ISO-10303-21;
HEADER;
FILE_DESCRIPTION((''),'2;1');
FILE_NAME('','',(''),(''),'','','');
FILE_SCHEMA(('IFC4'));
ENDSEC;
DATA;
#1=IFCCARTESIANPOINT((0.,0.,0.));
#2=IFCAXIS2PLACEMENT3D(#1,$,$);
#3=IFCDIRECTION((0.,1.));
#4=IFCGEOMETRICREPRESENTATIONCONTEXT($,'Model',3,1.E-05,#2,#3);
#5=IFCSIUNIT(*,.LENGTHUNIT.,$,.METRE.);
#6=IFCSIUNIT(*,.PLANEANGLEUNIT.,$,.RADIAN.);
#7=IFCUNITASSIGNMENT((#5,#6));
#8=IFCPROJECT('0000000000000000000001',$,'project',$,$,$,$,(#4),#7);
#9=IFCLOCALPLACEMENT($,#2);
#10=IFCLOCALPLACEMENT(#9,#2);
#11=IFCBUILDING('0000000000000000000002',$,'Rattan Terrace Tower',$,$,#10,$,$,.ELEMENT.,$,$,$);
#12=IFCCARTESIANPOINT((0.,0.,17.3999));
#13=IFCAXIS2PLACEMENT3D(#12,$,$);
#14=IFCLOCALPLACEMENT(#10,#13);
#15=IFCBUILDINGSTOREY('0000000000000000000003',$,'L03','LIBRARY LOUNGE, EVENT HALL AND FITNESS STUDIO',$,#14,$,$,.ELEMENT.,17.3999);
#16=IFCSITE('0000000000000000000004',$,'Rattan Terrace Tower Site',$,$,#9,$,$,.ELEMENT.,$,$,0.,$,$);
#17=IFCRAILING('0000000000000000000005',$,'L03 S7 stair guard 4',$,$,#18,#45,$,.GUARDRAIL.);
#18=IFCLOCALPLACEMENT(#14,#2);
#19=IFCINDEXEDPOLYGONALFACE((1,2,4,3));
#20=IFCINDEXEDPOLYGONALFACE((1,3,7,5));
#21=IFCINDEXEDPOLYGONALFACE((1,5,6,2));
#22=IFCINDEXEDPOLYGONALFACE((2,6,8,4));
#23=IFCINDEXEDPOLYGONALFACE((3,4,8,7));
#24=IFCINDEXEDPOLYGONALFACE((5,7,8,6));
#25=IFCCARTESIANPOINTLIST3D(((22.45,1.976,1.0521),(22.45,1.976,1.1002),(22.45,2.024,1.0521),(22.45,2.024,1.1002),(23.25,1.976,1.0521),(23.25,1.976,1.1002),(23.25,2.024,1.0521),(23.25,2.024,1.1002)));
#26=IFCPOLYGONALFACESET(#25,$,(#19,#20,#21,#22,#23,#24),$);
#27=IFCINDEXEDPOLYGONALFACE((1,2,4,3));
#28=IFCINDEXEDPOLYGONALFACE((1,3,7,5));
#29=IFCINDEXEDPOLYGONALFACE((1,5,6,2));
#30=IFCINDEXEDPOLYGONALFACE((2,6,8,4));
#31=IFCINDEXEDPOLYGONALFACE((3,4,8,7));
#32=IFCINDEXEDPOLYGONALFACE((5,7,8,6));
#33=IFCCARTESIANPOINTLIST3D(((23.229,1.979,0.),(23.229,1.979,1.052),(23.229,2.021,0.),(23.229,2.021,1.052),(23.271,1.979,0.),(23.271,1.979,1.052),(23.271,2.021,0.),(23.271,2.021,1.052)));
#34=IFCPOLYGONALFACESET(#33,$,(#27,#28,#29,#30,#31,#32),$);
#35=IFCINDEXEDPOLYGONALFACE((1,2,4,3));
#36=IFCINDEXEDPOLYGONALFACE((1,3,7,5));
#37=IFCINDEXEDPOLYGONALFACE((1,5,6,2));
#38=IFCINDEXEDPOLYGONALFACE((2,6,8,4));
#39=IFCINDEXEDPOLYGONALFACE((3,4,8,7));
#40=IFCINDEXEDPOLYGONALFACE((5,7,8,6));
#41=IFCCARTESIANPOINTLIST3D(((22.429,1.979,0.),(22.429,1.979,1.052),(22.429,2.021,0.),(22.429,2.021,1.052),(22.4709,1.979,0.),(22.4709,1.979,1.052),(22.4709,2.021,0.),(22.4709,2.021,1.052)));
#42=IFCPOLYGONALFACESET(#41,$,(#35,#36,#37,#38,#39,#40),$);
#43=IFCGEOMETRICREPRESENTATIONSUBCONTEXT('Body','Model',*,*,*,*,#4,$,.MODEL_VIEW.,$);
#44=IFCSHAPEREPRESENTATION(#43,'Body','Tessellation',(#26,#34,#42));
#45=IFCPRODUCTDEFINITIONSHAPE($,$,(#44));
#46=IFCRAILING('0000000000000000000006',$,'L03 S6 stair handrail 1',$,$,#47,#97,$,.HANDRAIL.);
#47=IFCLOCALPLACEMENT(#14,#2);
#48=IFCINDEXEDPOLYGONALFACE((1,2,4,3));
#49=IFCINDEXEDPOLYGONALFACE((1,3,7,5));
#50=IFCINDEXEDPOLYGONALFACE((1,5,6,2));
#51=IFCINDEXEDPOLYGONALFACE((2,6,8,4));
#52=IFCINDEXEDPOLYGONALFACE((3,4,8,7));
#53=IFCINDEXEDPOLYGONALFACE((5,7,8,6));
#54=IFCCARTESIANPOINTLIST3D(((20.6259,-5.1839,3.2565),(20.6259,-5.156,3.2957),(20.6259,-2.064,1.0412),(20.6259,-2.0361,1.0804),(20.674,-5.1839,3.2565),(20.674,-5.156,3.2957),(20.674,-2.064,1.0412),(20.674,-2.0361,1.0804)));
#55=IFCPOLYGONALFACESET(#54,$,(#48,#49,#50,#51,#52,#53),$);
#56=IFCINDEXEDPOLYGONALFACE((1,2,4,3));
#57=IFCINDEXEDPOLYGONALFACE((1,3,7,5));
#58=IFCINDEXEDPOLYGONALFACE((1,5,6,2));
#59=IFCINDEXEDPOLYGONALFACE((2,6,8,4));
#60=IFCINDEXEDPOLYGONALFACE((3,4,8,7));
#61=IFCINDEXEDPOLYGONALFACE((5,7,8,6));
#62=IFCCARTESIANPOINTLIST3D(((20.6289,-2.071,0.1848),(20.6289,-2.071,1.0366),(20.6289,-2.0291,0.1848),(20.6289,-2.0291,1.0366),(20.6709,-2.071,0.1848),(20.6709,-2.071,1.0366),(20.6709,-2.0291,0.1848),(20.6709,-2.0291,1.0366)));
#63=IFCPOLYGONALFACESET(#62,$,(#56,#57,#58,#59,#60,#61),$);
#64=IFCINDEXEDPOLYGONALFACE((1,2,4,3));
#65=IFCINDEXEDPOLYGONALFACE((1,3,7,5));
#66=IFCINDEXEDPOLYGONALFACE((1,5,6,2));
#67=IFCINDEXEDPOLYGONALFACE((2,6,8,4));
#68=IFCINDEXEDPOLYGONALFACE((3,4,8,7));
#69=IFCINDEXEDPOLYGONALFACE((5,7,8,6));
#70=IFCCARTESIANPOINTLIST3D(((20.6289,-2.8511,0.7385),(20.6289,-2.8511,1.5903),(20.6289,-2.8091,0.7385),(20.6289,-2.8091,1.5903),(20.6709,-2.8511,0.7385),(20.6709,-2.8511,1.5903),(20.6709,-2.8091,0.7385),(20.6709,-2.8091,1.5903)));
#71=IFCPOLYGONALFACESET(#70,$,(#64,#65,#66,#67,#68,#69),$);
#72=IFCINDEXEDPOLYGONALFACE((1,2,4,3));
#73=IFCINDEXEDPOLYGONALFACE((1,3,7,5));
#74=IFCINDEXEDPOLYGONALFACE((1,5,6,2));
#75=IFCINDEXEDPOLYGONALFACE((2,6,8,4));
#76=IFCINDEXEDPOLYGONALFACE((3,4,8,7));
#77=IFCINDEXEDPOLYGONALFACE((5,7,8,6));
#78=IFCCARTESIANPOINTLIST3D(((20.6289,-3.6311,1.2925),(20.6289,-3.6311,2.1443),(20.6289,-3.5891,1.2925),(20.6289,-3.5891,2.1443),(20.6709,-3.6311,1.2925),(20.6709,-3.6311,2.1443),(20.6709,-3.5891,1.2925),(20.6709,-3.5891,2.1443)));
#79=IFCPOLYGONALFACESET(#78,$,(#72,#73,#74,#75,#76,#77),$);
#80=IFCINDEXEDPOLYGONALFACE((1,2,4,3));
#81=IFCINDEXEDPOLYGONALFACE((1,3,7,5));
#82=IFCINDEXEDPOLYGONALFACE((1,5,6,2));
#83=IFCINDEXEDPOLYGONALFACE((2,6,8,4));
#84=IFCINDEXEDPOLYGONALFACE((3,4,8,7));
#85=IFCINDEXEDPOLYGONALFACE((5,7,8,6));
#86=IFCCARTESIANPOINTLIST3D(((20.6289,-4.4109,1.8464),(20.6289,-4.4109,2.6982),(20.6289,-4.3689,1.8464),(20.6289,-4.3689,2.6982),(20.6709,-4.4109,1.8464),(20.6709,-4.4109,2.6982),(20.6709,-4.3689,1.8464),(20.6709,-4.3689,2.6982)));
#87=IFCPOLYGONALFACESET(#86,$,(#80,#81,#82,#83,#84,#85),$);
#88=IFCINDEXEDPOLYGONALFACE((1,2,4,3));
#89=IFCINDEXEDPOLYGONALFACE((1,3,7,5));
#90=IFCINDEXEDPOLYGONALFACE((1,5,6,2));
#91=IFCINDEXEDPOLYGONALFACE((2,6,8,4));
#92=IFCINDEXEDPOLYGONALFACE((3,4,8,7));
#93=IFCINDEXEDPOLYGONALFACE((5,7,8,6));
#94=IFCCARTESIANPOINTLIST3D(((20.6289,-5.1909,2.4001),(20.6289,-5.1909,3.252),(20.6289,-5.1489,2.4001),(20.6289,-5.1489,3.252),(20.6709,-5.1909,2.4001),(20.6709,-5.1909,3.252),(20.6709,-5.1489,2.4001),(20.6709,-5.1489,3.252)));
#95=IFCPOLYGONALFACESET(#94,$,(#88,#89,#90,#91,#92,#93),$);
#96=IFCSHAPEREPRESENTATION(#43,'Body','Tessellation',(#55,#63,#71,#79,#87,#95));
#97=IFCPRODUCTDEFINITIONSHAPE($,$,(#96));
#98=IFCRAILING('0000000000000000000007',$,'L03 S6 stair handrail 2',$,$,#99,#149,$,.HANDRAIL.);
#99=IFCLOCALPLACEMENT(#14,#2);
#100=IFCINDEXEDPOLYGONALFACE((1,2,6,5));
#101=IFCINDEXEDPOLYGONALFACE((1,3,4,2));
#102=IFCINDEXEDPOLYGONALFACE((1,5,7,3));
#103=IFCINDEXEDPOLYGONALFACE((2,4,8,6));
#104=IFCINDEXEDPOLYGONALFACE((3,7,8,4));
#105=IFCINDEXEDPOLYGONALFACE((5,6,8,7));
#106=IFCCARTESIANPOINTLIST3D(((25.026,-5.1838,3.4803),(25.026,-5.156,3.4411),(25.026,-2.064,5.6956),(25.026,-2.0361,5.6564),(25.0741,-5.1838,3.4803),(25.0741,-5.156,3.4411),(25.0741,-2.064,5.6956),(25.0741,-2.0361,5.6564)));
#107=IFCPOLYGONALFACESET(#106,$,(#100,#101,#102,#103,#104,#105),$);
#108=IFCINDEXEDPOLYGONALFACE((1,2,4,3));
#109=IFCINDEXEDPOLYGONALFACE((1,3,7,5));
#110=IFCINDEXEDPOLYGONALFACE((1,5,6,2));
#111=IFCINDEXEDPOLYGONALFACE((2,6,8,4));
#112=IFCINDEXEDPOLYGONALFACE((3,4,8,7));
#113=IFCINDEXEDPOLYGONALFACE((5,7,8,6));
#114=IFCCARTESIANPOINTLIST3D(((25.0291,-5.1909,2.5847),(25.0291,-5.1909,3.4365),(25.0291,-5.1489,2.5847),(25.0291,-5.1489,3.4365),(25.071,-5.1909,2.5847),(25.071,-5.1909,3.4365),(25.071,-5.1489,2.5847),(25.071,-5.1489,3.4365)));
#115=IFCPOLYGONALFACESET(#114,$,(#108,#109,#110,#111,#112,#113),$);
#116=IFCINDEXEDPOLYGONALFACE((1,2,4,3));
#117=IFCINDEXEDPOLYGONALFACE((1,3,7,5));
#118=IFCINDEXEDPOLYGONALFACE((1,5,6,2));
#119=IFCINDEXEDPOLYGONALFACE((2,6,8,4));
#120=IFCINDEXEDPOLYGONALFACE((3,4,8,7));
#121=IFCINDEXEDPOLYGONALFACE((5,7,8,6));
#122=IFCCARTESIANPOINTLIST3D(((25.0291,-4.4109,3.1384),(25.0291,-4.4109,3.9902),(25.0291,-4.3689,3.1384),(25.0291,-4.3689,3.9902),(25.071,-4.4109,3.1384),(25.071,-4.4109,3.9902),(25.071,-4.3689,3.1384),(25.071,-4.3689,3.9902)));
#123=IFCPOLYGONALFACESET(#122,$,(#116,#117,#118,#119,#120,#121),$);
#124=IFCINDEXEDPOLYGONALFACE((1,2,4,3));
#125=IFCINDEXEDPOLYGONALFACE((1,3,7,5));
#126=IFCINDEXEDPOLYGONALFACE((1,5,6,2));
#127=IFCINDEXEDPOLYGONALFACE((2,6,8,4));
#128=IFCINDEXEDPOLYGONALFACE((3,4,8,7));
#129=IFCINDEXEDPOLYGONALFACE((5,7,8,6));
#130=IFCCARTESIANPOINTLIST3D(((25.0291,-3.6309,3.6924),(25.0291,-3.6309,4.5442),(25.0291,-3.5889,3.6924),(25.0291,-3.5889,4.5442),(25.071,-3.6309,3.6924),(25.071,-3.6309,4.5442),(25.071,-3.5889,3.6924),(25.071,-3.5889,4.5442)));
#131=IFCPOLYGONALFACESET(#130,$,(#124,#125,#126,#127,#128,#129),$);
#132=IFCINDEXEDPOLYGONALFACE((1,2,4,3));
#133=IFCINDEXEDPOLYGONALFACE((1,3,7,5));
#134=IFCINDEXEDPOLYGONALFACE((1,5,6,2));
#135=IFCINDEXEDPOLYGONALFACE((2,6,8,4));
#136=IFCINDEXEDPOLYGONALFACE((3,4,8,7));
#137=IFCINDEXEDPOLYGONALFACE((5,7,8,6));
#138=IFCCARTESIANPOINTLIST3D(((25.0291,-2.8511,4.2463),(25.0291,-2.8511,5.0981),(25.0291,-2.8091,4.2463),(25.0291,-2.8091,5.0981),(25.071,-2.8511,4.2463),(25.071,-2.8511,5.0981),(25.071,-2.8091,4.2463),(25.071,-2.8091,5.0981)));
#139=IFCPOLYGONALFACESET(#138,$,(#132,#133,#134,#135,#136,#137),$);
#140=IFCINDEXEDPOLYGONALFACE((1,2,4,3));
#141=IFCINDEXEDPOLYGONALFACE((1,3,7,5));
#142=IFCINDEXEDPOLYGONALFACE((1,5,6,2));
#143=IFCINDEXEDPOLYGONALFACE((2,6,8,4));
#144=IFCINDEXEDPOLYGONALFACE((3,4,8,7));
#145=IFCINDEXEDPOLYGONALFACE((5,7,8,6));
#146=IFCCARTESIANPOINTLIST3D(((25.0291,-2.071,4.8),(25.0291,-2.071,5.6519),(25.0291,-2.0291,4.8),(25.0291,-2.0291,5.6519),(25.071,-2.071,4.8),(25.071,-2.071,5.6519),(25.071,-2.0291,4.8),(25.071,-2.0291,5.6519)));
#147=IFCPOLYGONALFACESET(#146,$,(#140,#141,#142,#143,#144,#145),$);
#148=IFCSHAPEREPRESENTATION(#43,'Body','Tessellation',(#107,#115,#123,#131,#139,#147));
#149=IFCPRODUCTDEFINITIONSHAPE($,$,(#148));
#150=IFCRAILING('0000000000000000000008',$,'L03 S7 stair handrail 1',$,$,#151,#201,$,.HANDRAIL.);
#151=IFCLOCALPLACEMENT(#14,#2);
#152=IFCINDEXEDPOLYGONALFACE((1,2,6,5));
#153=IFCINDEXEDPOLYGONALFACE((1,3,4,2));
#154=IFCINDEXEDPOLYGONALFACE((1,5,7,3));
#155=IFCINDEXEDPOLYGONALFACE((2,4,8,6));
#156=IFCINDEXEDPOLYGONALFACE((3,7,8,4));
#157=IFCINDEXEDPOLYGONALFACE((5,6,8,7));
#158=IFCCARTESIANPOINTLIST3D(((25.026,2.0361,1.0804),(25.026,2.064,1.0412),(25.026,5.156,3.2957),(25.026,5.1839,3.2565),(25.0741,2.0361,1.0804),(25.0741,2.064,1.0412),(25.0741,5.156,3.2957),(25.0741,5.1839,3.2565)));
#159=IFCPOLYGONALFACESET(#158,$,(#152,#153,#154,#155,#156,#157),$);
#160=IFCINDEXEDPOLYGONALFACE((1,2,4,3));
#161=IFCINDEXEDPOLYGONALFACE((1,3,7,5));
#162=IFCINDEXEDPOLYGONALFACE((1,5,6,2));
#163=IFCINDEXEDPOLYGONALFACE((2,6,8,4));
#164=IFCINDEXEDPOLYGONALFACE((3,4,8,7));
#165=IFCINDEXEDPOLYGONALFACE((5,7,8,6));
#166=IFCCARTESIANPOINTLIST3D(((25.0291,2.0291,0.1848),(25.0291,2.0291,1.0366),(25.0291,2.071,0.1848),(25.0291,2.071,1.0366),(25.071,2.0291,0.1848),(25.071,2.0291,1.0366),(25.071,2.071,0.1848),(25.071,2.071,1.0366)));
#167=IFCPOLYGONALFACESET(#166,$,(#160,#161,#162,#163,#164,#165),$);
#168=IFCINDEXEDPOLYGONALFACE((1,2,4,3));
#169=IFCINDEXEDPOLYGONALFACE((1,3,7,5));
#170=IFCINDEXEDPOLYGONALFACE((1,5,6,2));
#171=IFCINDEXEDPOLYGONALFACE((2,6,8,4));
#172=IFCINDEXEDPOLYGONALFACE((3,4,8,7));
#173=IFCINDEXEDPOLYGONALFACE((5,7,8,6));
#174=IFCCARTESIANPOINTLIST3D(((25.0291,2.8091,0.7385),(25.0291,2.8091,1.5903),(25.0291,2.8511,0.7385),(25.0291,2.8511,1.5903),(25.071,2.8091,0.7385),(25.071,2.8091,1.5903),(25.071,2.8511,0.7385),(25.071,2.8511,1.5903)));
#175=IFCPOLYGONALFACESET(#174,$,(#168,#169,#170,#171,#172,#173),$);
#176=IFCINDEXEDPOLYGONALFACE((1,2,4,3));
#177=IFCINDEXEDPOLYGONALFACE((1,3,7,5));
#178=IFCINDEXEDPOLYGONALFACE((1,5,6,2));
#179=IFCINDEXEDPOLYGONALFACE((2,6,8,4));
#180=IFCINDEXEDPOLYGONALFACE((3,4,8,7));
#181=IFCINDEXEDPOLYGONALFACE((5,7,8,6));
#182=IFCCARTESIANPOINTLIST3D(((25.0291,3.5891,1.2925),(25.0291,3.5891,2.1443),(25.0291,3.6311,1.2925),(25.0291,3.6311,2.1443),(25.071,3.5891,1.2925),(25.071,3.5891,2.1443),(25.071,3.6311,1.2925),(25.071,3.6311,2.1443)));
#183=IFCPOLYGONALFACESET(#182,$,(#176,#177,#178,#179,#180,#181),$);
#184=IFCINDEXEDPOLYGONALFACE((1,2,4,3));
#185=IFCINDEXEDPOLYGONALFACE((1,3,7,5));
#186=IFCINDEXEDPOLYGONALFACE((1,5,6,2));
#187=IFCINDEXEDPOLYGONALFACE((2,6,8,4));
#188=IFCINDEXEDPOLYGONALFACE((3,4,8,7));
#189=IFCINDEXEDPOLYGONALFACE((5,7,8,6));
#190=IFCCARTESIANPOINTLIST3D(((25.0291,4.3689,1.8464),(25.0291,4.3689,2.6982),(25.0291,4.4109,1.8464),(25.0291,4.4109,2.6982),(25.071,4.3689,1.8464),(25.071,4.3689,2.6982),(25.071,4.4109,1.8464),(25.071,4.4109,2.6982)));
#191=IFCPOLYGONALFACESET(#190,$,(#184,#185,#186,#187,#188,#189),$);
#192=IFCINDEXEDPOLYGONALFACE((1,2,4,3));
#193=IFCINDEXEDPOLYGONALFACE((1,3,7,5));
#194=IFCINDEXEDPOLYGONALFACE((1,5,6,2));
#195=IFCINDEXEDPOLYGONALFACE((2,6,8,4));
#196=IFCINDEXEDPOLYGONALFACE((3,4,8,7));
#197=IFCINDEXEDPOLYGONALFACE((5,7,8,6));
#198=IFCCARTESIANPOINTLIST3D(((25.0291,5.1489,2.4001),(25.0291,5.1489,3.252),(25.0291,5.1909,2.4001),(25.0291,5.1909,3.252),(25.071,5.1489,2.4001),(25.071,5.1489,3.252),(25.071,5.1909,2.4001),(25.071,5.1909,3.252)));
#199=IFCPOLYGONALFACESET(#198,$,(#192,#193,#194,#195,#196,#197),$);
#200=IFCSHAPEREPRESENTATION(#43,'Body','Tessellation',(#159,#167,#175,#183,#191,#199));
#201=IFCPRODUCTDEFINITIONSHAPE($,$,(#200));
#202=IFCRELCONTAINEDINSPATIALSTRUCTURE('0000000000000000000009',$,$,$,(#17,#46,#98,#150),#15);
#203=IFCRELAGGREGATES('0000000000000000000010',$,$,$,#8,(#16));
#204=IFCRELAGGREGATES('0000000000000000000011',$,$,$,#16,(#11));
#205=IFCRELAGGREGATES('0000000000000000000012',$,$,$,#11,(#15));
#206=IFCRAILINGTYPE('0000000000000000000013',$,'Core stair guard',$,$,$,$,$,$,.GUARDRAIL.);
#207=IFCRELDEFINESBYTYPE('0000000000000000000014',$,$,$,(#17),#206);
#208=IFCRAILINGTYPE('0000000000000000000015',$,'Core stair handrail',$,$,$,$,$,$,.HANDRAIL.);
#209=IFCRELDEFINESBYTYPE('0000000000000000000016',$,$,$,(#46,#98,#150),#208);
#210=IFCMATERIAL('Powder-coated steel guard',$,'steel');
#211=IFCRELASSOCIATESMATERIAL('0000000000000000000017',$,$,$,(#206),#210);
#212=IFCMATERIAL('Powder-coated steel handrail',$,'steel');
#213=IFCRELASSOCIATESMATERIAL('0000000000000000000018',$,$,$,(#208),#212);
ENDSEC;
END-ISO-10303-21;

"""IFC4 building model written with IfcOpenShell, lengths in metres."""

from ifc_helpers import new_model, si_unit, direction, frame, origin, origin_2d, place, context, subcontext, project, spatial, rectangle, extrude, material, type_object, element, save


model = new_model("IFC4")

# Units and contexts
model_context = context("Model", 3, precision=1e-05, world=origin(), true_north=direction((0.0, 1.0)))
body_context = subcontext(model_context, "Body", "Model", "MODEL_VIEW")
ifc_project = project(units=[si_unit("LENGTHUNIT", "METRE"), si_unit("PLANEANGLEUNIT", "RADIAN")], contexts=[model_context])

# Site, building, storey
site_placement = place(None, origin())
site = spatial("IfcSite", under=ifc_project, at=site_placement, Name="Rattan Terrace Tower Site", CompositionType="ELEMENT", RefElevation=0.0)
building_placement = place(site_placement, origin())
building = spatial("IfcBuilding", under=site, at=building_placement, Name="Rattan Terrace Tower", CompositionType="ELEMENT")
storey_placement = place(building_placement, frame((0.0, 0.0, 17.3999)))
storey = spatial("IfcBuildingStorey", under=building, at=storey_placement, Name="L03", Description="LIBRARY LOUNGE, EVENT HALL AND FITNESS STUDIO", CompositionType="ELEMENT", Elevation=17.3999)

# Railings
ifc_material_1 = material(Name="Powder-coated steel guard", Category="steel")
railing_type_1 = type_object("IfcRailingType", Name="Core stair guard", PredefinedType="GUARDRAIL", material=ifc_material_1)
railing_1_placement = place(storey_placement, frame((23.25, 2.0, 0.0)))
element("IfcRailing", 1, at=railing_1_placement, inside=storey, type_object=railing_type_1, Name="L03 S7 stair guard 4", PredefinedType="GUARDRAIL", context=body_context, shape_type="SweptSolid", body=[
    extrude(rectangle(XDim=0.0481, YDim=0.0481, at=origin_2d()), frame((0.0, 0.0, 1.0762), z_axis=(-1.0, 0.0, 0.0), x_axis=(0.0, -1.0, 0.0)), (0.0, 0.0, 1.0), 0.8),
    extrude(rectangle(XDim=0.042, YDim=0.042, at=origin_2d()), origin(), (0.0, 0.0, 1.0), 1.052),
    extrude(rectangle(XDim=0.042, YDim=0.042, at=origin_2d()), frame((-0.8, 0.0, 0.0)), (0.0, 0.0, 1.0), 1.052),
])
ifc_material_2 = material(Name="Powder-coated steel handrail", Category="steel")
railing_type_2 = type_object("IfcRailingType", Name="Core stair handrail", PredefinedType="HANDRAIL", material=ifc_material_2)
railing_2_placement = place(storey_placement, frame((20.6499, -2.05, 0.1848)))
element("IfcRailing", 2, at=railing_2_placement, inside=storey, type_object=railing_type_2, Name="L03 S6 stair handrail 1", PredefinedType="HANDRAIL", context=body_context, shape_type="SweptSolid", body=[
    extrude(rectangle(XDim=0.0481, YDim=0.0481, at=origin_2d()), frame((0.0, 0.0, 0.876), z_axis=(0.0, -0.815356, 0.578961), x_axis=(1.0, 0.0, 0.0)), (0.0, 0.0, 1.0), 3.8264),
    extrude(rectangle(XDim=0.042, YDim=0.042, at=origin_2d()), origin(), (0.0, 0.0, 1.0), 0.8518),
    extrude(rectangle(XDim=0.042, YDim=0.042, at=origin_2d()), frame((0.0, -0.78, 0.5537)), (0.0, 0.0, 1.0), 0.8518),
    extrude(rectangle(XDim=0.042, YDim=0.042, at=origin_2d()), frame((0.0, -1.5601, 1.1077)), (0.0, 0.0, 1.0), 0.8518),
    extrude(rectangle(XDim=0.042, YDim=0.042, at=origin_2d()), frame((0.0, -2.3398, 1.6616)), (0.0, 0.0, 1.0), 0.8518),
    extrude(rectangle(XDim=0.042, YDim=0.042, at=origin_2d()), frame((0.0, -3.1199, 2.2153)), (0.0, 0.0, 1.0), 0.8518),
])
for number, where, name in (
    (3, (25.05, -5.1699, 2.5847), "L03 S6 stair handrail 2"),
    (4, (25.05, 2.05, 0.1848), "L03 S7 stair handrail 1"),
):
    element("IfcRailing", number, at=place(storey_placement, frame(where)), inside=storey, type_object=railing_type_2, Name=name, PredefinedType="HANDRAIL", context=body_context, shape_type="SweptSolid", body=[
        extrude(rectangle(XDim=0.0481, YDim=0.0481, at=origin_2d()), frame((0.0, 0.0, 0.876), z_axis=(0.0, 0.815356, 0.578961), x_axis=(-1.0, 0.0, 0.0)), (0.0, 0.0, 1.0), 3.8264),
        extrude(rectangle(XDim=0.042, YDim=0.042, at=origin_2d()), origin(), (0.0, 0.0, 1.0), 0.8518),
        extrude(rectangle(XDim=0.042, YDim=0.042, at=origin_2d()), frame((0.0, 0.78, 0.5537)), (0.0, 0.0, 1.0), 0.8518),
        extrude(rectangle(XDim=0.042, YDim=0.042, at=origin_2d()), frame((0.0, 1.5601, 1.1077)), (0.0, 0.0, 1.0), 0.8518),
        extrude(rectangle(XDim=0.042, YDim=0.042, at=origin_2d()), frame((0.0, 2.3398, 1.6616)), (0.0, 0.0, 1.0), 0.8518),
        extrude(rectangle(XDim=0.042, YDim=0.042, at=origin_2d()), frame((0.0, 3.1199, 2.2153)), (0.0, 0.0, 1.0), 0.8518),
    ])

save(model, "model.ifc")
